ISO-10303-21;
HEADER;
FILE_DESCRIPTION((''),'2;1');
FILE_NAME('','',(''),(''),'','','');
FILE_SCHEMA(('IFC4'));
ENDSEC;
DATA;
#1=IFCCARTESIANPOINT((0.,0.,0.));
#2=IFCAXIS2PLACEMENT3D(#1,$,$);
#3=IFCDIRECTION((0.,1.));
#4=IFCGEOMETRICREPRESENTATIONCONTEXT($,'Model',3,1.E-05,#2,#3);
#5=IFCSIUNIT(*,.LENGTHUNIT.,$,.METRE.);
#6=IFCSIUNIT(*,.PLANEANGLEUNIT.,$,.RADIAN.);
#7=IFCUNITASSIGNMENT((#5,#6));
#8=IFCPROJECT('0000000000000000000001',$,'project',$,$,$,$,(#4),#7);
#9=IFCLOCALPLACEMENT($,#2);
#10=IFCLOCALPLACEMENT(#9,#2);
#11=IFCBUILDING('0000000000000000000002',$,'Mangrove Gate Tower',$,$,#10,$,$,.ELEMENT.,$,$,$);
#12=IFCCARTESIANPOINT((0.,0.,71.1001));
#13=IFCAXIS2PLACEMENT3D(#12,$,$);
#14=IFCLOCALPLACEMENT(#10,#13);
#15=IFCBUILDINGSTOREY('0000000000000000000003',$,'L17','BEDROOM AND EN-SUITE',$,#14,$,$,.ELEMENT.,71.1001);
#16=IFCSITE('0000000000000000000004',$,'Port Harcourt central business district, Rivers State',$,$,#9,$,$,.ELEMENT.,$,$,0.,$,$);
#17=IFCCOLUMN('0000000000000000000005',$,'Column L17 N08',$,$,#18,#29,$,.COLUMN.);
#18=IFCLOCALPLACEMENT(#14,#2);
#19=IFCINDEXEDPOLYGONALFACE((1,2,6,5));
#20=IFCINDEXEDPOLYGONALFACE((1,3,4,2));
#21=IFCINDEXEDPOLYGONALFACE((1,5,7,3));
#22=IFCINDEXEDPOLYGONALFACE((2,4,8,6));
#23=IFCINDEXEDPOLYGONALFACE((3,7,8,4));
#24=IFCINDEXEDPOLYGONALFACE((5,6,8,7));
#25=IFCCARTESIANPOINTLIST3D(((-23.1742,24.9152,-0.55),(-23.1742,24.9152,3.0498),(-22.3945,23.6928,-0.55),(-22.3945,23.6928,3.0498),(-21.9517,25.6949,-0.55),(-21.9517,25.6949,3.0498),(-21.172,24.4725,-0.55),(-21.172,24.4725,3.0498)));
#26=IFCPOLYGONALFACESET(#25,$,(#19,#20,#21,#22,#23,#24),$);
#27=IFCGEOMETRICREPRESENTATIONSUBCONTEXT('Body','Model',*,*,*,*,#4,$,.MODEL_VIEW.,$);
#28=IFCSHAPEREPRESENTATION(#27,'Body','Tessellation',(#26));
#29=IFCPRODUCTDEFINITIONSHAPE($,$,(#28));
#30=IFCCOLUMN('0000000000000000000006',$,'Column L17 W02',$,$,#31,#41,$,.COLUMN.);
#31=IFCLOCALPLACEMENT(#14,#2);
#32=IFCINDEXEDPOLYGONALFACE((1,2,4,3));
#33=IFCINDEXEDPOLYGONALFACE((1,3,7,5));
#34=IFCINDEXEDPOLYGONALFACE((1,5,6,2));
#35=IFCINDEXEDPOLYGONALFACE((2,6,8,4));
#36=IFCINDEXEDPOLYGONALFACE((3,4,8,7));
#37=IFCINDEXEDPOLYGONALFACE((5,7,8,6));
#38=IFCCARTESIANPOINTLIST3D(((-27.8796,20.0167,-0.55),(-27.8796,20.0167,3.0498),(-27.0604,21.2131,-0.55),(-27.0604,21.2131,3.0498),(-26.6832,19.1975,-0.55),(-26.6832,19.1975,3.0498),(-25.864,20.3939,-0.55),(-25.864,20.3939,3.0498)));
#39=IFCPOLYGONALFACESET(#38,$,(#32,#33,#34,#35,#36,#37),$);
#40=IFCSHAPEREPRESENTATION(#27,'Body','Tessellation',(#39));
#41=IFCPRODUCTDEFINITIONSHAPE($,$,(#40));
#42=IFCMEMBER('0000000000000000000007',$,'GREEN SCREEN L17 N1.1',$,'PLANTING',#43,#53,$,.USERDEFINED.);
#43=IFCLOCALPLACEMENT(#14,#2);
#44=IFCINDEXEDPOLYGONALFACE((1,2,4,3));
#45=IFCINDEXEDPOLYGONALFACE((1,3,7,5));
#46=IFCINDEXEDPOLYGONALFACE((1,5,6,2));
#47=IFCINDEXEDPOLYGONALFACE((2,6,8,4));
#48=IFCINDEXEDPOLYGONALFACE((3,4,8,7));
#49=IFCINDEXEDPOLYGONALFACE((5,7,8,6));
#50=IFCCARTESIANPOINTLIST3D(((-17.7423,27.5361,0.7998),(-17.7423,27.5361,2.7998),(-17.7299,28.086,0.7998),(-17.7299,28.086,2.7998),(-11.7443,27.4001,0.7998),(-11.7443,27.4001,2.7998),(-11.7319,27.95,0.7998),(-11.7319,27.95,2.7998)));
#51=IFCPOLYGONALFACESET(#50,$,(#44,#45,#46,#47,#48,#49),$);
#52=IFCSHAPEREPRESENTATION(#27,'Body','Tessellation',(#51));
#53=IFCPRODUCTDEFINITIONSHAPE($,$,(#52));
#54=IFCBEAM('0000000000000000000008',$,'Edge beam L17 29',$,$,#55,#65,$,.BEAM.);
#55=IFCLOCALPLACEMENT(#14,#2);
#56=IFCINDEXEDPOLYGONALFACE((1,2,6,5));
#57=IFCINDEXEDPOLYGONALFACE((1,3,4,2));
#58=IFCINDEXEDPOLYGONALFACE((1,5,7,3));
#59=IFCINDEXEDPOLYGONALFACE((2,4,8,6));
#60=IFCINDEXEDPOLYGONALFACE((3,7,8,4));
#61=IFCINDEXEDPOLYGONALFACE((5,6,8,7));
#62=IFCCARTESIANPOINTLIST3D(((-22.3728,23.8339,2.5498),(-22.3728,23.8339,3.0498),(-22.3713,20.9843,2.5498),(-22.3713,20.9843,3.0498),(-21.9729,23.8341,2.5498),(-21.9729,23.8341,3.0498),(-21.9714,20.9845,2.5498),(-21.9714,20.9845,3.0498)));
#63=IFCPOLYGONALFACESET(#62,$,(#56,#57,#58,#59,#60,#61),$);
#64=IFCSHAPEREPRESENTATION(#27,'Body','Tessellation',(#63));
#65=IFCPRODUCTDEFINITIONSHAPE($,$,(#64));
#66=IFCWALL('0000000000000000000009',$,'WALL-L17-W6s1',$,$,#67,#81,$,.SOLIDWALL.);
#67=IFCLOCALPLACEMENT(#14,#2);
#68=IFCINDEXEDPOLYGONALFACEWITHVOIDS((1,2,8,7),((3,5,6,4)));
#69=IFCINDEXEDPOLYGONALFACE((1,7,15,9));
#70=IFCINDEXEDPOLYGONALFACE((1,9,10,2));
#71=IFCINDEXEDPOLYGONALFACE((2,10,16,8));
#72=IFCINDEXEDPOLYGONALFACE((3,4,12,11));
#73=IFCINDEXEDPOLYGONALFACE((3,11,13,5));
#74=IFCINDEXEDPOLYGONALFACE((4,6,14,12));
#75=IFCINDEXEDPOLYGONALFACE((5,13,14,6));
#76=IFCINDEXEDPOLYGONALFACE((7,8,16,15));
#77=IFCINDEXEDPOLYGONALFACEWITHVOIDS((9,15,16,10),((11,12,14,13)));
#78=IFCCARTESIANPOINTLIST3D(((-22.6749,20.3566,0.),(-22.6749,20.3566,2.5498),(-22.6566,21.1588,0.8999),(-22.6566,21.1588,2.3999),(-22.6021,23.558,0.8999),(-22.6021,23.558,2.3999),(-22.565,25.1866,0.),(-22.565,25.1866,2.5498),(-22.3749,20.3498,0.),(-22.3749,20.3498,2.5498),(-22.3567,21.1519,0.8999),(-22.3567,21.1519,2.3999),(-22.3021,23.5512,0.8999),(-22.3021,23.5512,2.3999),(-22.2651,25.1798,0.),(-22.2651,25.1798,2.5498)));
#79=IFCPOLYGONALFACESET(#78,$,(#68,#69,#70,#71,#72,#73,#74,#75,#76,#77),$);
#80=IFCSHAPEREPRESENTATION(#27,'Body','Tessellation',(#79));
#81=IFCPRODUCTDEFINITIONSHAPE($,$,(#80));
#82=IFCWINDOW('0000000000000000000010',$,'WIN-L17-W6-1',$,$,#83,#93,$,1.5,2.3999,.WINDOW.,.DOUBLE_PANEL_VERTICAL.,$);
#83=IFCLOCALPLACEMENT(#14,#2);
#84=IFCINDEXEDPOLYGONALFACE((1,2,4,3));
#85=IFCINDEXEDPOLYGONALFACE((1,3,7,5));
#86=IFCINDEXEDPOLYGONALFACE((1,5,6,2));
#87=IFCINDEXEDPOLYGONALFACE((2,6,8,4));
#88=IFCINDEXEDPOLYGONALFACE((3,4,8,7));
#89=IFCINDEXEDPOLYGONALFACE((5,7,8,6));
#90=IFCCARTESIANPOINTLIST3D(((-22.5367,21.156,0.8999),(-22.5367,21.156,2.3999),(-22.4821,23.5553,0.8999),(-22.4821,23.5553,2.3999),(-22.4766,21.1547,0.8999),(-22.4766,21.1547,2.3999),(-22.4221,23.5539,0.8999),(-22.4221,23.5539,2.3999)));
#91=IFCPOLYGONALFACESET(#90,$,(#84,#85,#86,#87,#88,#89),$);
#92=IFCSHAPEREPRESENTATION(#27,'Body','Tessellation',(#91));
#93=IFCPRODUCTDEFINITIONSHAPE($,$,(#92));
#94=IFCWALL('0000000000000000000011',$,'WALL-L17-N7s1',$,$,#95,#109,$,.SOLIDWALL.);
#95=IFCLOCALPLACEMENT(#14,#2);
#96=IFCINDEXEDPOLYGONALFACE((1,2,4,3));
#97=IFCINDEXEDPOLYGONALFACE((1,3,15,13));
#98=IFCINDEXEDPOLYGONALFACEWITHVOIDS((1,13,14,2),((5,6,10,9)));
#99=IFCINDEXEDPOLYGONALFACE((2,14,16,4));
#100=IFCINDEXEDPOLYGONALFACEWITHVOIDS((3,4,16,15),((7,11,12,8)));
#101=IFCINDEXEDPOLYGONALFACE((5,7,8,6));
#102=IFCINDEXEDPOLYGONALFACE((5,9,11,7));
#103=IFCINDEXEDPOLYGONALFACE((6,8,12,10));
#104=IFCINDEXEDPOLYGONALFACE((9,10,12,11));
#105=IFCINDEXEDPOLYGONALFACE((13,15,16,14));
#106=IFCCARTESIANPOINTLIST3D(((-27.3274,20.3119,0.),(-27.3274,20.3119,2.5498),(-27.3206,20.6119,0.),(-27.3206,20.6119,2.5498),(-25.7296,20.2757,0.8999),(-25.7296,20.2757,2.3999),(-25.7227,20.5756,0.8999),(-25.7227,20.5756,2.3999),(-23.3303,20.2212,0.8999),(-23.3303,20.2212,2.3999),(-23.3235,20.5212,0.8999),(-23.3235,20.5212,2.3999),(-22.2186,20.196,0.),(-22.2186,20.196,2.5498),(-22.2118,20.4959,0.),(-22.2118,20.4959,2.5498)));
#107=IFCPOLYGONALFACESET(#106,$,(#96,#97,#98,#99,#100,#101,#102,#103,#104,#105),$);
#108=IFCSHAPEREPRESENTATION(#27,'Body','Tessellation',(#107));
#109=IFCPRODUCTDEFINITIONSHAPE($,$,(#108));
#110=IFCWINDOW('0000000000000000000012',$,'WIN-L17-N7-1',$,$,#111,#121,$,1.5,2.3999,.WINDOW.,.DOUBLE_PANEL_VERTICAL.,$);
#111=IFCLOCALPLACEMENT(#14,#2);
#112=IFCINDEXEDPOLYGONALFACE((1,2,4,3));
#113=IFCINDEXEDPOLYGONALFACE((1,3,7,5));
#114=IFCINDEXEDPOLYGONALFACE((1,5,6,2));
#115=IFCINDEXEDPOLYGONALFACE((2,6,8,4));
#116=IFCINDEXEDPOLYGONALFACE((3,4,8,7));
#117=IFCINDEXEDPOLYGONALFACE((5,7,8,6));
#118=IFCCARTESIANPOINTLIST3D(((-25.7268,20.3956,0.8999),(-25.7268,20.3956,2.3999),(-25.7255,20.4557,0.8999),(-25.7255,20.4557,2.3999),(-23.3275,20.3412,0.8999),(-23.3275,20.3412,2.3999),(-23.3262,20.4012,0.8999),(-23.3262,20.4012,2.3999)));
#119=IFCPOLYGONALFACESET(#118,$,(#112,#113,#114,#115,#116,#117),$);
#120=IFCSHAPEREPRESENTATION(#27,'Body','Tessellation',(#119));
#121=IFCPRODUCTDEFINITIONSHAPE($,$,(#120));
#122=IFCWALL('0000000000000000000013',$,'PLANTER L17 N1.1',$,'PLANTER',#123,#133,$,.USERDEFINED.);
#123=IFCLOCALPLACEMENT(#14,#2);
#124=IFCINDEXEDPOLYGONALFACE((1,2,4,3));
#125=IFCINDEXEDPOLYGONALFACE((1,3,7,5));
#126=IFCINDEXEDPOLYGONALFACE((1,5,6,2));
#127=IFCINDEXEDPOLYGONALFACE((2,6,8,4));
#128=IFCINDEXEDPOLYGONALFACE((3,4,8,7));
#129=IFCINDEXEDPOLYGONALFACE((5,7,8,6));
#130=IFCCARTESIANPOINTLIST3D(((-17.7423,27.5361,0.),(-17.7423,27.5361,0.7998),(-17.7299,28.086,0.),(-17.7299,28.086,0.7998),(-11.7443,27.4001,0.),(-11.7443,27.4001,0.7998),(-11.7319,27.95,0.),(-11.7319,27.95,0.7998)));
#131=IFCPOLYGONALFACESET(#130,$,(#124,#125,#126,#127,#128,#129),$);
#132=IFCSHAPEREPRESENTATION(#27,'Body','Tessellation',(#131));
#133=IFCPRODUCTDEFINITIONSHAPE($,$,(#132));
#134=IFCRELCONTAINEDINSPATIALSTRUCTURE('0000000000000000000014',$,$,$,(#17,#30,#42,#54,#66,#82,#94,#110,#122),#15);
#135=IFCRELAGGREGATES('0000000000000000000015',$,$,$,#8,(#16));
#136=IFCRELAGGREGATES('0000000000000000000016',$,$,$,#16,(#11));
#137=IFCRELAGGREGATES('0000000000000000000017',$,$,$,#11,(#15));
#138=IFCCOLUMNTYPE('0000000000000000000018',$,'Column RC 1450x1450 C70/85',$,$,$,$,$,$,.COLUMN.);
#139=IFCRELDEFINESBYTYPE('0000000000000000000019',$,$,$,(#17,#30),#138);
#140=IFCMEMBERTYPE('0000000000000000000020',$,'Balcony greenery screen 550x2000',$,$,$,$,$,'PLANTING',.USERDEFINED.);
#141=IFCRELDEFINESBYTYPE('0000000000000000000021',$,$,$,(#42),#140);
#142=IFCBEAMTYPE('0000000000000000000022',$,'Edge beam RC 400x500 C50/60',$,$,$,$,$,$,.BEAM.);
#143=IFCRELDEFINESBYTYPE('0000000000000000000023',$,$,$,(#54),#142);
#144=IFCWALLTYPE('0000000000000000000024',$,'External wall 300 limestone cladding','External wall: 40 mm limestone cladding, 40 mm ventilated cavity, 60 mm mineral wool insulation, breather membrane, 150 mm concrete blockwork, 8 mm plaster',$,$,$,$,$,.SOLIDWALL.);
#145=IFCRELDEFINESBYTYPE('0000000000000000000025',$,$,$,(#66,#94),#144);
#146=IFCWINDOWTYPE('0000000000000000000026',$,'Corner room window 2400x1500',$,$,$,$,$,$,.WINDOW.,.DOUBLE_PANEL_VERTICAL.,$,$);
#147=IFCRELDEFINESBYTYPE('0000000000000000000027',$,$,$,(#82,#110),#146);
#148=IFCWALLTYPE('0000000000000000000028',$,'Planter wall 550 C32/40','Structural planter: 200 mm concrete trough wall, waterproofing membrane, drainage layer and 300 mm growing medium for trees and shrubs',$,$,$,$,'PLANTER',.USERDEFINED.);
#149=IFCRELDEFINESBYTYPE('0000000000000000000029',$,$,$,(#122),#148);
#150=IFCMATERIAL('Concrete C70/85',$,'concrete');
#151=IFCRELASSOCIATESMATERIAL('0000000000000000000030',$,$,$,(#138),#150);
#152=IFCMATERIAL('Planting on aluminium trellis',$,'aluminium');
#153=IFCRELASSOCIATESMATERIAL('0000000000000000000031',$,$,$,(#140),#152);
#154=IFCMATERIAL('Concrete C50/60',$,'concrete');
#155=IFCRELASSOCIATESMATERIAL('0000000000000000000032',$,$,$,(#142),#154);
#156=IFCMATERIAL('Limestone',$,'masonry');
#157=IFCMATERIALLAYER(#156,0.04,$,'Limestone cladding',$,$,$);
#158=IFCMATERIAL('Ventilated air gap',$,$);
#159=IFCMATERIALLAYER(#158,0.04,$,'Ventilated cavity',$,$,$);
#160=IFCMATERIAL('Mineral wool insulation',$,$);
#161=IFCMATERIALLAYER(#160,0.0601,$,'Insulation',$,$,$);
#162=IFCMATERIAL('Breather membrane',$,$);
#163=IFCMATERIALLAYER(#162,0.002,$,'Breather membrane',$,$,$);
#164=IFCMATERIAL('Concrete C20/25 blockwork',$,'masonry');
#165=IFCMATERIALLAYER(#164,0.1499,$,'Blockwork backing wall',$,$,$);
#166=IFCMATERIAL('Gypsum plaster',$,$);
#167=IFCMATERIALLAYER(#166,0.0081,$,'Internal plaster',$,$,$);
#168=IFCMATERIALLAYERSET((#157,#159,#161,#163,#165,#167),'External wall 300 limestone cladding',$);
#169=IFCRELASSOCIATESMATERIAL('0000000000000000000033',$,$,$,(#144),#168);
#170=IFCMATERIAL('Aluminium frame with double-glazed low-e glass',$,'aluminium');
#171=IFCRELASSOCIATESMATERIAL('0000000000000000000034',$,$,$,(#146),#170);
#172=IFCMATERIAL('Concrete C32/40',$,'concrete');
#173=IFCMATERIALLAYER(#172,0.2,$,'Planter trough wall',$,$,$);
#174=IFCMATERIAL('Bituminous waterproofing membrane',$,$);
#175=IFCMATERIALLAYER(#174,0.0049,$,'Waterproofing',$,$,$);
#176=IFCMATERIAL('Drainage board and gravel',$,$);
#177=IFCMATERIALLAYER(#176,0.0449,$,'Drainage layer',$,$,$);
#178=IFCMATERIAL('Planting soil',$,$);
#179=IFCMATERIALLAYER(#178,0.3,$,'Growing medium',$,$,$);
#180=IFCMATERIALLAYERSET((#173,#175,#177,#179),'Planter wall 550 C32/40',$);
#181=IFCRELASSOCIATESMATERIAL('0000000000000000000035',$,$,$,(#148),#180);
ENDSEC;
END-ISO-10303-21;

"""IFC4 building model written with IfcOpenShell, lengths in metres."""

from ifc_helpers import new_model, si_unit, direction, frame, frame_2d, origin, origin_2d, place, context, subcontext, project, spatial, rectangle, extrude, material, layer, layer_set, material_profile, profile_set, type_object, element, fill, save


model = new_model("IFC4")

# Units and contexts
model_context = context("Model", 3, precision=1e-05, world=origin(), true_north=direction((0.0, 1.0)))
body_context = subcontext(model_context, "Body", "Model", "MODEL_VIEW")
ifc_project = project(units=[si_unit("LENGTHUNIT", "METRE"), si_unit("PLANEANGLEUNIT", "RADIAN")], contexts=[model_context])

# Site, building, storey
site_placement = place(None, origin())
site = spatial("IfcSite", under=ifc_project, at=site_placement, Name="Port Harcourt central business district, Rivers State", CompositionType="ELEMENT", RefElevation=0.0)
building_placement = place(site_placement, origin())
building = spatial("IfcBuilding", under=site, at=building_placement, Name="Mangrove Gate Tower", CompositionType="ELEMENT")
storey_placement = place(building_placement, frame((0.0, 0.0, 71.1001)))
storey = spatial("IfcBuildingStorey", under=building, at=storey_placement, Name="L17", Description="BEDROOM AND EN-SUITE", CompositionType="ELEMENT", Elevation=71.1001)

# Columns
ifc_material_1 = material(Name="Concrete C70/85", Category="concrete")
ifc_material_profile_1 = material_profile(ifc_material_1, rectangle(XDim=1.45, YDim=1.45, at=origin_2d()))
ifc_profile_set_1 = profile_set([ifc_material_profile_1], Name="Concrete C70/85")
column_type = type_object("IfcColumnType", Name="Column RC 1450x1450 C70/85", PredefinedType="COLUMN", material=ifc_profile_set_1)
for number, where, z_axis, x_axis, name in (
    (1, (-22.1731, 24.6938, -0.55), (0.0, 0.0, 1.0), (-0.843102, -0.537753, 0.0), "Column L17 N08"),
    (2, (-26.8718, 20.2053, -0.55), (0.0, 0.0, 1.0), (-0.564978, -0.825106, 0.0), "Column L17 W02"),
):
    element("IfcColumn", number, at=place(storey_placement, frame(where, z_axis=z_axis, x_axis=x_axis)), inside=storey, type_object=column_type, Name=name, PredefinedType="COLUMN", context=body_context, shape_type="SweptSolid", body=[
        extrude(rectangle(XDim=1.45, YDim=1.45, at=origin_2d()), origin(), (0.0, 0.0, 1.0), 3.5999),
    ])

# Member
ifc_material_2 = material(Name="Planting on aluminium trellis", Category="aluminium")
ifc_material_profile_2 = material_profile(ifc_material_2, rectangle(XDim=0.55, YDim=2.0, at=origin_2d()))
ifc_profile_set_2 = profile_set([ifc_material_profile_2], Name="Planting on aluminium trellis")
member_type = type_object("IfcMemberType", Name="Balcony greenery screen 550x2000", ElementType="PLANTING", PredefinedType="USERDEFINED", material=ifc_profile_set_2)
member_placement = place(storey_placement, frame((-17.7361, 27.811, 1.7998), z_axis=(0.999743, -0.022666, 0.0), x_axis=(0.022666, 0.999743, 0.0)))
element("IfcMember", 3, at=member_placement, inside=storey, type_object=member_type, Name="GREEN SCREEN L17 N1.1", ObjectType="PLANTING", PredefinedType="USERDEFINED", context=body_context, shape_type="SweptSolid", body=[
    extrude(rectangle(XDim=0.55, YDim=2.0, at=origin_2d()), origin(), (0.0, 0.0, 1.0), 5.9995),
])

# Beam
ifc_material_3 = material(Name="Concrete C50/60", Category="concrete")
ifc_material_profile_3 = material_profile(ifc_material_3, rectangle(XDim=0.3999, YDim=0.5, at=origin_2d()))
ifc_profile_set_3 = profile_set([ifc_material_profile_3], Name="Concrete C50/60")
beam_type = type_object("IfcBeamType", Name="Edge beam RC 400x500 C50/60", PredefinedType="BEAM", material=ifc_profile_set_3)
beam_placement = place(storey_placement, frame((-22.1729, 23.834, 2.7998), z_axis=(0.000514, -1.0, 0.0), x_axis=(1.0, 0.000514, 0.0)))
element("IfcBeam", 4, at=beam_placement, inside=storey, type_object=beam_type, Name="Edge beam L17 29", PredefinedType="BEAM", context=body_context, shape_type="SweptSolid", body=[
    extrude(rectangle(XDim=0.3999, YDim=0.5, at=origin_2d()), origin(), (0.0, 0.0, 1.0), 2.8496),
])

# Walls, openings, windows
ifc_material_4 = material(Name="Limestone", Category="masonry")
ifc_layer_1 = layer(ifc_material_4, 0.04, Name="Limestone cladding")
ifc_material_5 = material(Name="Ventilated air gap")
ifc_layer_2 = layer(ifc_material_5, 0.04, Name="Ventilated cavity")
ifc_material_6 = material(Name="Mineral wool insulation")
ifc_layer_3 = layer(ifc_material_6, 0.0601, Name="Insulation")
ifc_material_7 = material(Name="Breather membrane")
ifc_layer_4 = layer(ifc_material_7, 0.002, Name="Breather membrane")
ifc_material_8 = material(Name="Concrete C20/25 blockwork", Category="masonry")
ifc_layer_5 = layer(ifc_material_8, 0.1499, Name="Blockwork backing wall")
ifc_material_9 = material(Name="Gypsum plaster")
ifc_layer_6 = layer(ifc_material_9, 0.0081, Name="Internal plaster")
ifc_layer_set_1 = layer_set([ifc_layer_1, ifc_layer_2, ifc_layer_3, ifc_layer_4, ifc_layer_5, ifc_layer_6], Name="External wall 300 limestone cladding")
wall_type_1 = type_object("IfcWallType", Name="External wall 300 limestone cladding", Description="External wall: 40 mm limestone cladding, 40 mm ventilated cavity, 60 mm mineral wool insulation, breather membrane, 150 mm concrete blockwork, 8 mm plaster", PredefinedType="SOLIDWALL", material=ifc_layer_set_1)
wall_1_placement = place(storey_placement, frame((-22.415, 25.1831, 0.0), z_axis=(0.0, 0.0, 1.0), x_axis=(-0.02274, -0.999741, 0.0)))
wall_1 = element("IfcWall", 5, at=wall_1_placement, inside=storey, type_object=wall_type_1, Name="WALL-L17-W6s1", PredefinedType="SOLIDWALL", context=body_context, shape_type="SweptSolid", body=[
    extrude(rectangle(XDim=4.8313, YDim=0.3, at=frame_2d((2.4155, 0.0))), origin(), (0.0, 0.0, 1.0), 2.5498),
])
opening_1_placement = place(wall_1_placement, frame((1.6289, 0.0, 0.8999)))
opening_1 = element("IfcOpeningElement", 6, at=opening_1_placement, cuts=wall_1, PredefinedType="OPENING", context=body_context, shape_type="SweptSolid", body=[
    extrude(rectangle(XDim=2.3999, YDim=1.5, at=frame_2d((1.2, 0.75))), frame((0.0, 0.1599, 0.0), z_axis=(0.0, -1.0, 0.0), x_axis=(1.0, 0.0, 0.0)), (0.0, 0.0, 1.0), 0.3201),
])
ifc_material_10 = material(Name="Aluminium frame with double-glazed low-e glass", Category="aluminium")
window_type_1 = type_object("IfcWindowType", Name="Corner room window 2400x1500", PartitioningType="DOUBLE_PANEL_VERTICAL", PredefinedType="WINDOW", material=ifc_material_10)
window_1_placement = place(opening_1_placement, origin())
window_1 = element("IfcWindow", 7, at=window_1_placement, inside=storey, type_object=window_type_1, Name="WIN-L17-W6-1", OverallHeight=1.5, OverallWidth=2.3999, PartitioningType="DOUBLE_PANEL_VERTICAL", PredefinedType="WINDOW", context=body_context, shape_type="SweptSolid", body=[
    extrude(rectangle(XDim=2.3999, YDim=1.5, at=frame_2d((1.2, 0.75))), frame((0.0, 0.03, 0.0), z_axis=(0.0, -1.0, 0.0), x_axis=(1.0, 0.0, 0.0)), (0.0, 0.0, 1.0), 0.0601),
])
fill(opening_1, window_1)
wall_2_placement = place(storey_placement, frame((-22.2151, 20.3459, 0.0), z_axis=(0.0, 0.0, 1.0), x_axis=(-0.999742, 0.022693, 0.0)))
wall_2 = element("IfcWall", 8, at=wall_2_placement, inside=storey, type_object=wall_type_1, Name="WALL-L17-N7s1", PredefinedType="SOLIDWALL", context=body_context, shape_type="SweptSolid", body=[
    extrude(rectangle(XDim=5.1101, YDim=0.3, at=frame_2d((2.5552, 0.0))), origin(), (0.0, 0.0, 1.0), 2.5498),
])
opening_2_placement = place(wall_2_placement, frame((1.1121, 0.0, 0.8999)))
opening_2 = element("IfcOpeningElement", 9, at=opening_2_placement, cuts=wall_2, PredefinedType="OPENING", context=body_context, shape_type="SweptSolid", body=[
    extrude(rectangle(XDim=2.3999, YDim=1.5, at=frame_2d((1.2, 0.75))), frame((0.0, 0.1599, 0.0), z_axis=(0.0, -1.0, 0.0), x_axis=(1.0, 0.0, 0.0)), (0.0, 0.0, 1.0), 0.3201),
])
window_2_placement = place(opening_2_placement, origin())
window_2 = element("IfcWindow", 10, at=window_2_placement, inside=storey, type_object=window_type_1, Name="WIN-L17-N7-1", OverallHeight=1.5, OverallWidth=2.3999, PartitioningType="DOUBLE_PANEL_VERTICAL", PredefinedType="WINDOW", context=body_context, shape_type="SweptSolid", body=[
    extrude(rectangle(XDim=2.3999, YDim=1.5, at=frame_2d((1.2, 0.75))), frame((0.0, 0.03, 0.0), z_axis=(0.0, -1.0, 0.0), x_axis=(1.0, 0.0, 0.0)), (0.0, 0.0, 1.0), 0.0601),
])
fill(opening_2, window_2)

# Wall
ifc_material_11 = material(Name="Concrete C32/40", Category="concrete")
ifc_layer_7 = layer(ifc_material_11, 0.2, Name="Planter trough wall")
ifc_material_12 = material(Name="Bituminous waterproofing membrane")
ifc_layer_8 = layer(ifc_material_12, 0.0049, Name="Waterproofing")
ifc_material_13 = material(Name="Drainage board and gravel")
ifc_layer_9 = layer(ifc_material_13, 0.0449, Name="Drainage layer")
ifc_material_14 = material(Name="Planting soil")
ifc_layer_10 = layer(ifc_material_14, 0.3, Name="Growing medium")
ifc_layer_set_2 = layer_set([ifc_layer_7, ifc_layer_8, ifc_layer_9, ifc_layer_10], Name="Planter wall 550 C32/40")
wall_type_2 = type_object("IfcWallType", Name="Planter wall 550 C32/40", Description="Structural planter: 200 mm concrete trough wall, waterproofing membrane, drainage layer and 300 mm growing medium for trees and shrubs", ElementType="PLANTER", PredefinedType="USERDEFINED", material=ifc_layer_set_2)
wall_3_placement = place(storey_placement, frame((-17.7361, 27.811, 0.0), z_axis=(0.0, 0.0, 1.0), x_axis=(0.999743, -0.022666, 0.0)))
element("IfcWall", 11, at=wall_3_placement, inside=storey, type_object=wall_type_2, Name="PLANTER L17 N1.1", ObjectType="PLANTER", PredefinedType="USERDEFINED", context=body_context, shape_type="SweptSolid", body=[
    extrude(rectangle(XDim=5.9995, YDim=0.55, at=frame_2d((2.9998, 0.0))), origin(), (0.0, 0.0, 1.0), 0.7998),
])

save(model, "model.ifc")
